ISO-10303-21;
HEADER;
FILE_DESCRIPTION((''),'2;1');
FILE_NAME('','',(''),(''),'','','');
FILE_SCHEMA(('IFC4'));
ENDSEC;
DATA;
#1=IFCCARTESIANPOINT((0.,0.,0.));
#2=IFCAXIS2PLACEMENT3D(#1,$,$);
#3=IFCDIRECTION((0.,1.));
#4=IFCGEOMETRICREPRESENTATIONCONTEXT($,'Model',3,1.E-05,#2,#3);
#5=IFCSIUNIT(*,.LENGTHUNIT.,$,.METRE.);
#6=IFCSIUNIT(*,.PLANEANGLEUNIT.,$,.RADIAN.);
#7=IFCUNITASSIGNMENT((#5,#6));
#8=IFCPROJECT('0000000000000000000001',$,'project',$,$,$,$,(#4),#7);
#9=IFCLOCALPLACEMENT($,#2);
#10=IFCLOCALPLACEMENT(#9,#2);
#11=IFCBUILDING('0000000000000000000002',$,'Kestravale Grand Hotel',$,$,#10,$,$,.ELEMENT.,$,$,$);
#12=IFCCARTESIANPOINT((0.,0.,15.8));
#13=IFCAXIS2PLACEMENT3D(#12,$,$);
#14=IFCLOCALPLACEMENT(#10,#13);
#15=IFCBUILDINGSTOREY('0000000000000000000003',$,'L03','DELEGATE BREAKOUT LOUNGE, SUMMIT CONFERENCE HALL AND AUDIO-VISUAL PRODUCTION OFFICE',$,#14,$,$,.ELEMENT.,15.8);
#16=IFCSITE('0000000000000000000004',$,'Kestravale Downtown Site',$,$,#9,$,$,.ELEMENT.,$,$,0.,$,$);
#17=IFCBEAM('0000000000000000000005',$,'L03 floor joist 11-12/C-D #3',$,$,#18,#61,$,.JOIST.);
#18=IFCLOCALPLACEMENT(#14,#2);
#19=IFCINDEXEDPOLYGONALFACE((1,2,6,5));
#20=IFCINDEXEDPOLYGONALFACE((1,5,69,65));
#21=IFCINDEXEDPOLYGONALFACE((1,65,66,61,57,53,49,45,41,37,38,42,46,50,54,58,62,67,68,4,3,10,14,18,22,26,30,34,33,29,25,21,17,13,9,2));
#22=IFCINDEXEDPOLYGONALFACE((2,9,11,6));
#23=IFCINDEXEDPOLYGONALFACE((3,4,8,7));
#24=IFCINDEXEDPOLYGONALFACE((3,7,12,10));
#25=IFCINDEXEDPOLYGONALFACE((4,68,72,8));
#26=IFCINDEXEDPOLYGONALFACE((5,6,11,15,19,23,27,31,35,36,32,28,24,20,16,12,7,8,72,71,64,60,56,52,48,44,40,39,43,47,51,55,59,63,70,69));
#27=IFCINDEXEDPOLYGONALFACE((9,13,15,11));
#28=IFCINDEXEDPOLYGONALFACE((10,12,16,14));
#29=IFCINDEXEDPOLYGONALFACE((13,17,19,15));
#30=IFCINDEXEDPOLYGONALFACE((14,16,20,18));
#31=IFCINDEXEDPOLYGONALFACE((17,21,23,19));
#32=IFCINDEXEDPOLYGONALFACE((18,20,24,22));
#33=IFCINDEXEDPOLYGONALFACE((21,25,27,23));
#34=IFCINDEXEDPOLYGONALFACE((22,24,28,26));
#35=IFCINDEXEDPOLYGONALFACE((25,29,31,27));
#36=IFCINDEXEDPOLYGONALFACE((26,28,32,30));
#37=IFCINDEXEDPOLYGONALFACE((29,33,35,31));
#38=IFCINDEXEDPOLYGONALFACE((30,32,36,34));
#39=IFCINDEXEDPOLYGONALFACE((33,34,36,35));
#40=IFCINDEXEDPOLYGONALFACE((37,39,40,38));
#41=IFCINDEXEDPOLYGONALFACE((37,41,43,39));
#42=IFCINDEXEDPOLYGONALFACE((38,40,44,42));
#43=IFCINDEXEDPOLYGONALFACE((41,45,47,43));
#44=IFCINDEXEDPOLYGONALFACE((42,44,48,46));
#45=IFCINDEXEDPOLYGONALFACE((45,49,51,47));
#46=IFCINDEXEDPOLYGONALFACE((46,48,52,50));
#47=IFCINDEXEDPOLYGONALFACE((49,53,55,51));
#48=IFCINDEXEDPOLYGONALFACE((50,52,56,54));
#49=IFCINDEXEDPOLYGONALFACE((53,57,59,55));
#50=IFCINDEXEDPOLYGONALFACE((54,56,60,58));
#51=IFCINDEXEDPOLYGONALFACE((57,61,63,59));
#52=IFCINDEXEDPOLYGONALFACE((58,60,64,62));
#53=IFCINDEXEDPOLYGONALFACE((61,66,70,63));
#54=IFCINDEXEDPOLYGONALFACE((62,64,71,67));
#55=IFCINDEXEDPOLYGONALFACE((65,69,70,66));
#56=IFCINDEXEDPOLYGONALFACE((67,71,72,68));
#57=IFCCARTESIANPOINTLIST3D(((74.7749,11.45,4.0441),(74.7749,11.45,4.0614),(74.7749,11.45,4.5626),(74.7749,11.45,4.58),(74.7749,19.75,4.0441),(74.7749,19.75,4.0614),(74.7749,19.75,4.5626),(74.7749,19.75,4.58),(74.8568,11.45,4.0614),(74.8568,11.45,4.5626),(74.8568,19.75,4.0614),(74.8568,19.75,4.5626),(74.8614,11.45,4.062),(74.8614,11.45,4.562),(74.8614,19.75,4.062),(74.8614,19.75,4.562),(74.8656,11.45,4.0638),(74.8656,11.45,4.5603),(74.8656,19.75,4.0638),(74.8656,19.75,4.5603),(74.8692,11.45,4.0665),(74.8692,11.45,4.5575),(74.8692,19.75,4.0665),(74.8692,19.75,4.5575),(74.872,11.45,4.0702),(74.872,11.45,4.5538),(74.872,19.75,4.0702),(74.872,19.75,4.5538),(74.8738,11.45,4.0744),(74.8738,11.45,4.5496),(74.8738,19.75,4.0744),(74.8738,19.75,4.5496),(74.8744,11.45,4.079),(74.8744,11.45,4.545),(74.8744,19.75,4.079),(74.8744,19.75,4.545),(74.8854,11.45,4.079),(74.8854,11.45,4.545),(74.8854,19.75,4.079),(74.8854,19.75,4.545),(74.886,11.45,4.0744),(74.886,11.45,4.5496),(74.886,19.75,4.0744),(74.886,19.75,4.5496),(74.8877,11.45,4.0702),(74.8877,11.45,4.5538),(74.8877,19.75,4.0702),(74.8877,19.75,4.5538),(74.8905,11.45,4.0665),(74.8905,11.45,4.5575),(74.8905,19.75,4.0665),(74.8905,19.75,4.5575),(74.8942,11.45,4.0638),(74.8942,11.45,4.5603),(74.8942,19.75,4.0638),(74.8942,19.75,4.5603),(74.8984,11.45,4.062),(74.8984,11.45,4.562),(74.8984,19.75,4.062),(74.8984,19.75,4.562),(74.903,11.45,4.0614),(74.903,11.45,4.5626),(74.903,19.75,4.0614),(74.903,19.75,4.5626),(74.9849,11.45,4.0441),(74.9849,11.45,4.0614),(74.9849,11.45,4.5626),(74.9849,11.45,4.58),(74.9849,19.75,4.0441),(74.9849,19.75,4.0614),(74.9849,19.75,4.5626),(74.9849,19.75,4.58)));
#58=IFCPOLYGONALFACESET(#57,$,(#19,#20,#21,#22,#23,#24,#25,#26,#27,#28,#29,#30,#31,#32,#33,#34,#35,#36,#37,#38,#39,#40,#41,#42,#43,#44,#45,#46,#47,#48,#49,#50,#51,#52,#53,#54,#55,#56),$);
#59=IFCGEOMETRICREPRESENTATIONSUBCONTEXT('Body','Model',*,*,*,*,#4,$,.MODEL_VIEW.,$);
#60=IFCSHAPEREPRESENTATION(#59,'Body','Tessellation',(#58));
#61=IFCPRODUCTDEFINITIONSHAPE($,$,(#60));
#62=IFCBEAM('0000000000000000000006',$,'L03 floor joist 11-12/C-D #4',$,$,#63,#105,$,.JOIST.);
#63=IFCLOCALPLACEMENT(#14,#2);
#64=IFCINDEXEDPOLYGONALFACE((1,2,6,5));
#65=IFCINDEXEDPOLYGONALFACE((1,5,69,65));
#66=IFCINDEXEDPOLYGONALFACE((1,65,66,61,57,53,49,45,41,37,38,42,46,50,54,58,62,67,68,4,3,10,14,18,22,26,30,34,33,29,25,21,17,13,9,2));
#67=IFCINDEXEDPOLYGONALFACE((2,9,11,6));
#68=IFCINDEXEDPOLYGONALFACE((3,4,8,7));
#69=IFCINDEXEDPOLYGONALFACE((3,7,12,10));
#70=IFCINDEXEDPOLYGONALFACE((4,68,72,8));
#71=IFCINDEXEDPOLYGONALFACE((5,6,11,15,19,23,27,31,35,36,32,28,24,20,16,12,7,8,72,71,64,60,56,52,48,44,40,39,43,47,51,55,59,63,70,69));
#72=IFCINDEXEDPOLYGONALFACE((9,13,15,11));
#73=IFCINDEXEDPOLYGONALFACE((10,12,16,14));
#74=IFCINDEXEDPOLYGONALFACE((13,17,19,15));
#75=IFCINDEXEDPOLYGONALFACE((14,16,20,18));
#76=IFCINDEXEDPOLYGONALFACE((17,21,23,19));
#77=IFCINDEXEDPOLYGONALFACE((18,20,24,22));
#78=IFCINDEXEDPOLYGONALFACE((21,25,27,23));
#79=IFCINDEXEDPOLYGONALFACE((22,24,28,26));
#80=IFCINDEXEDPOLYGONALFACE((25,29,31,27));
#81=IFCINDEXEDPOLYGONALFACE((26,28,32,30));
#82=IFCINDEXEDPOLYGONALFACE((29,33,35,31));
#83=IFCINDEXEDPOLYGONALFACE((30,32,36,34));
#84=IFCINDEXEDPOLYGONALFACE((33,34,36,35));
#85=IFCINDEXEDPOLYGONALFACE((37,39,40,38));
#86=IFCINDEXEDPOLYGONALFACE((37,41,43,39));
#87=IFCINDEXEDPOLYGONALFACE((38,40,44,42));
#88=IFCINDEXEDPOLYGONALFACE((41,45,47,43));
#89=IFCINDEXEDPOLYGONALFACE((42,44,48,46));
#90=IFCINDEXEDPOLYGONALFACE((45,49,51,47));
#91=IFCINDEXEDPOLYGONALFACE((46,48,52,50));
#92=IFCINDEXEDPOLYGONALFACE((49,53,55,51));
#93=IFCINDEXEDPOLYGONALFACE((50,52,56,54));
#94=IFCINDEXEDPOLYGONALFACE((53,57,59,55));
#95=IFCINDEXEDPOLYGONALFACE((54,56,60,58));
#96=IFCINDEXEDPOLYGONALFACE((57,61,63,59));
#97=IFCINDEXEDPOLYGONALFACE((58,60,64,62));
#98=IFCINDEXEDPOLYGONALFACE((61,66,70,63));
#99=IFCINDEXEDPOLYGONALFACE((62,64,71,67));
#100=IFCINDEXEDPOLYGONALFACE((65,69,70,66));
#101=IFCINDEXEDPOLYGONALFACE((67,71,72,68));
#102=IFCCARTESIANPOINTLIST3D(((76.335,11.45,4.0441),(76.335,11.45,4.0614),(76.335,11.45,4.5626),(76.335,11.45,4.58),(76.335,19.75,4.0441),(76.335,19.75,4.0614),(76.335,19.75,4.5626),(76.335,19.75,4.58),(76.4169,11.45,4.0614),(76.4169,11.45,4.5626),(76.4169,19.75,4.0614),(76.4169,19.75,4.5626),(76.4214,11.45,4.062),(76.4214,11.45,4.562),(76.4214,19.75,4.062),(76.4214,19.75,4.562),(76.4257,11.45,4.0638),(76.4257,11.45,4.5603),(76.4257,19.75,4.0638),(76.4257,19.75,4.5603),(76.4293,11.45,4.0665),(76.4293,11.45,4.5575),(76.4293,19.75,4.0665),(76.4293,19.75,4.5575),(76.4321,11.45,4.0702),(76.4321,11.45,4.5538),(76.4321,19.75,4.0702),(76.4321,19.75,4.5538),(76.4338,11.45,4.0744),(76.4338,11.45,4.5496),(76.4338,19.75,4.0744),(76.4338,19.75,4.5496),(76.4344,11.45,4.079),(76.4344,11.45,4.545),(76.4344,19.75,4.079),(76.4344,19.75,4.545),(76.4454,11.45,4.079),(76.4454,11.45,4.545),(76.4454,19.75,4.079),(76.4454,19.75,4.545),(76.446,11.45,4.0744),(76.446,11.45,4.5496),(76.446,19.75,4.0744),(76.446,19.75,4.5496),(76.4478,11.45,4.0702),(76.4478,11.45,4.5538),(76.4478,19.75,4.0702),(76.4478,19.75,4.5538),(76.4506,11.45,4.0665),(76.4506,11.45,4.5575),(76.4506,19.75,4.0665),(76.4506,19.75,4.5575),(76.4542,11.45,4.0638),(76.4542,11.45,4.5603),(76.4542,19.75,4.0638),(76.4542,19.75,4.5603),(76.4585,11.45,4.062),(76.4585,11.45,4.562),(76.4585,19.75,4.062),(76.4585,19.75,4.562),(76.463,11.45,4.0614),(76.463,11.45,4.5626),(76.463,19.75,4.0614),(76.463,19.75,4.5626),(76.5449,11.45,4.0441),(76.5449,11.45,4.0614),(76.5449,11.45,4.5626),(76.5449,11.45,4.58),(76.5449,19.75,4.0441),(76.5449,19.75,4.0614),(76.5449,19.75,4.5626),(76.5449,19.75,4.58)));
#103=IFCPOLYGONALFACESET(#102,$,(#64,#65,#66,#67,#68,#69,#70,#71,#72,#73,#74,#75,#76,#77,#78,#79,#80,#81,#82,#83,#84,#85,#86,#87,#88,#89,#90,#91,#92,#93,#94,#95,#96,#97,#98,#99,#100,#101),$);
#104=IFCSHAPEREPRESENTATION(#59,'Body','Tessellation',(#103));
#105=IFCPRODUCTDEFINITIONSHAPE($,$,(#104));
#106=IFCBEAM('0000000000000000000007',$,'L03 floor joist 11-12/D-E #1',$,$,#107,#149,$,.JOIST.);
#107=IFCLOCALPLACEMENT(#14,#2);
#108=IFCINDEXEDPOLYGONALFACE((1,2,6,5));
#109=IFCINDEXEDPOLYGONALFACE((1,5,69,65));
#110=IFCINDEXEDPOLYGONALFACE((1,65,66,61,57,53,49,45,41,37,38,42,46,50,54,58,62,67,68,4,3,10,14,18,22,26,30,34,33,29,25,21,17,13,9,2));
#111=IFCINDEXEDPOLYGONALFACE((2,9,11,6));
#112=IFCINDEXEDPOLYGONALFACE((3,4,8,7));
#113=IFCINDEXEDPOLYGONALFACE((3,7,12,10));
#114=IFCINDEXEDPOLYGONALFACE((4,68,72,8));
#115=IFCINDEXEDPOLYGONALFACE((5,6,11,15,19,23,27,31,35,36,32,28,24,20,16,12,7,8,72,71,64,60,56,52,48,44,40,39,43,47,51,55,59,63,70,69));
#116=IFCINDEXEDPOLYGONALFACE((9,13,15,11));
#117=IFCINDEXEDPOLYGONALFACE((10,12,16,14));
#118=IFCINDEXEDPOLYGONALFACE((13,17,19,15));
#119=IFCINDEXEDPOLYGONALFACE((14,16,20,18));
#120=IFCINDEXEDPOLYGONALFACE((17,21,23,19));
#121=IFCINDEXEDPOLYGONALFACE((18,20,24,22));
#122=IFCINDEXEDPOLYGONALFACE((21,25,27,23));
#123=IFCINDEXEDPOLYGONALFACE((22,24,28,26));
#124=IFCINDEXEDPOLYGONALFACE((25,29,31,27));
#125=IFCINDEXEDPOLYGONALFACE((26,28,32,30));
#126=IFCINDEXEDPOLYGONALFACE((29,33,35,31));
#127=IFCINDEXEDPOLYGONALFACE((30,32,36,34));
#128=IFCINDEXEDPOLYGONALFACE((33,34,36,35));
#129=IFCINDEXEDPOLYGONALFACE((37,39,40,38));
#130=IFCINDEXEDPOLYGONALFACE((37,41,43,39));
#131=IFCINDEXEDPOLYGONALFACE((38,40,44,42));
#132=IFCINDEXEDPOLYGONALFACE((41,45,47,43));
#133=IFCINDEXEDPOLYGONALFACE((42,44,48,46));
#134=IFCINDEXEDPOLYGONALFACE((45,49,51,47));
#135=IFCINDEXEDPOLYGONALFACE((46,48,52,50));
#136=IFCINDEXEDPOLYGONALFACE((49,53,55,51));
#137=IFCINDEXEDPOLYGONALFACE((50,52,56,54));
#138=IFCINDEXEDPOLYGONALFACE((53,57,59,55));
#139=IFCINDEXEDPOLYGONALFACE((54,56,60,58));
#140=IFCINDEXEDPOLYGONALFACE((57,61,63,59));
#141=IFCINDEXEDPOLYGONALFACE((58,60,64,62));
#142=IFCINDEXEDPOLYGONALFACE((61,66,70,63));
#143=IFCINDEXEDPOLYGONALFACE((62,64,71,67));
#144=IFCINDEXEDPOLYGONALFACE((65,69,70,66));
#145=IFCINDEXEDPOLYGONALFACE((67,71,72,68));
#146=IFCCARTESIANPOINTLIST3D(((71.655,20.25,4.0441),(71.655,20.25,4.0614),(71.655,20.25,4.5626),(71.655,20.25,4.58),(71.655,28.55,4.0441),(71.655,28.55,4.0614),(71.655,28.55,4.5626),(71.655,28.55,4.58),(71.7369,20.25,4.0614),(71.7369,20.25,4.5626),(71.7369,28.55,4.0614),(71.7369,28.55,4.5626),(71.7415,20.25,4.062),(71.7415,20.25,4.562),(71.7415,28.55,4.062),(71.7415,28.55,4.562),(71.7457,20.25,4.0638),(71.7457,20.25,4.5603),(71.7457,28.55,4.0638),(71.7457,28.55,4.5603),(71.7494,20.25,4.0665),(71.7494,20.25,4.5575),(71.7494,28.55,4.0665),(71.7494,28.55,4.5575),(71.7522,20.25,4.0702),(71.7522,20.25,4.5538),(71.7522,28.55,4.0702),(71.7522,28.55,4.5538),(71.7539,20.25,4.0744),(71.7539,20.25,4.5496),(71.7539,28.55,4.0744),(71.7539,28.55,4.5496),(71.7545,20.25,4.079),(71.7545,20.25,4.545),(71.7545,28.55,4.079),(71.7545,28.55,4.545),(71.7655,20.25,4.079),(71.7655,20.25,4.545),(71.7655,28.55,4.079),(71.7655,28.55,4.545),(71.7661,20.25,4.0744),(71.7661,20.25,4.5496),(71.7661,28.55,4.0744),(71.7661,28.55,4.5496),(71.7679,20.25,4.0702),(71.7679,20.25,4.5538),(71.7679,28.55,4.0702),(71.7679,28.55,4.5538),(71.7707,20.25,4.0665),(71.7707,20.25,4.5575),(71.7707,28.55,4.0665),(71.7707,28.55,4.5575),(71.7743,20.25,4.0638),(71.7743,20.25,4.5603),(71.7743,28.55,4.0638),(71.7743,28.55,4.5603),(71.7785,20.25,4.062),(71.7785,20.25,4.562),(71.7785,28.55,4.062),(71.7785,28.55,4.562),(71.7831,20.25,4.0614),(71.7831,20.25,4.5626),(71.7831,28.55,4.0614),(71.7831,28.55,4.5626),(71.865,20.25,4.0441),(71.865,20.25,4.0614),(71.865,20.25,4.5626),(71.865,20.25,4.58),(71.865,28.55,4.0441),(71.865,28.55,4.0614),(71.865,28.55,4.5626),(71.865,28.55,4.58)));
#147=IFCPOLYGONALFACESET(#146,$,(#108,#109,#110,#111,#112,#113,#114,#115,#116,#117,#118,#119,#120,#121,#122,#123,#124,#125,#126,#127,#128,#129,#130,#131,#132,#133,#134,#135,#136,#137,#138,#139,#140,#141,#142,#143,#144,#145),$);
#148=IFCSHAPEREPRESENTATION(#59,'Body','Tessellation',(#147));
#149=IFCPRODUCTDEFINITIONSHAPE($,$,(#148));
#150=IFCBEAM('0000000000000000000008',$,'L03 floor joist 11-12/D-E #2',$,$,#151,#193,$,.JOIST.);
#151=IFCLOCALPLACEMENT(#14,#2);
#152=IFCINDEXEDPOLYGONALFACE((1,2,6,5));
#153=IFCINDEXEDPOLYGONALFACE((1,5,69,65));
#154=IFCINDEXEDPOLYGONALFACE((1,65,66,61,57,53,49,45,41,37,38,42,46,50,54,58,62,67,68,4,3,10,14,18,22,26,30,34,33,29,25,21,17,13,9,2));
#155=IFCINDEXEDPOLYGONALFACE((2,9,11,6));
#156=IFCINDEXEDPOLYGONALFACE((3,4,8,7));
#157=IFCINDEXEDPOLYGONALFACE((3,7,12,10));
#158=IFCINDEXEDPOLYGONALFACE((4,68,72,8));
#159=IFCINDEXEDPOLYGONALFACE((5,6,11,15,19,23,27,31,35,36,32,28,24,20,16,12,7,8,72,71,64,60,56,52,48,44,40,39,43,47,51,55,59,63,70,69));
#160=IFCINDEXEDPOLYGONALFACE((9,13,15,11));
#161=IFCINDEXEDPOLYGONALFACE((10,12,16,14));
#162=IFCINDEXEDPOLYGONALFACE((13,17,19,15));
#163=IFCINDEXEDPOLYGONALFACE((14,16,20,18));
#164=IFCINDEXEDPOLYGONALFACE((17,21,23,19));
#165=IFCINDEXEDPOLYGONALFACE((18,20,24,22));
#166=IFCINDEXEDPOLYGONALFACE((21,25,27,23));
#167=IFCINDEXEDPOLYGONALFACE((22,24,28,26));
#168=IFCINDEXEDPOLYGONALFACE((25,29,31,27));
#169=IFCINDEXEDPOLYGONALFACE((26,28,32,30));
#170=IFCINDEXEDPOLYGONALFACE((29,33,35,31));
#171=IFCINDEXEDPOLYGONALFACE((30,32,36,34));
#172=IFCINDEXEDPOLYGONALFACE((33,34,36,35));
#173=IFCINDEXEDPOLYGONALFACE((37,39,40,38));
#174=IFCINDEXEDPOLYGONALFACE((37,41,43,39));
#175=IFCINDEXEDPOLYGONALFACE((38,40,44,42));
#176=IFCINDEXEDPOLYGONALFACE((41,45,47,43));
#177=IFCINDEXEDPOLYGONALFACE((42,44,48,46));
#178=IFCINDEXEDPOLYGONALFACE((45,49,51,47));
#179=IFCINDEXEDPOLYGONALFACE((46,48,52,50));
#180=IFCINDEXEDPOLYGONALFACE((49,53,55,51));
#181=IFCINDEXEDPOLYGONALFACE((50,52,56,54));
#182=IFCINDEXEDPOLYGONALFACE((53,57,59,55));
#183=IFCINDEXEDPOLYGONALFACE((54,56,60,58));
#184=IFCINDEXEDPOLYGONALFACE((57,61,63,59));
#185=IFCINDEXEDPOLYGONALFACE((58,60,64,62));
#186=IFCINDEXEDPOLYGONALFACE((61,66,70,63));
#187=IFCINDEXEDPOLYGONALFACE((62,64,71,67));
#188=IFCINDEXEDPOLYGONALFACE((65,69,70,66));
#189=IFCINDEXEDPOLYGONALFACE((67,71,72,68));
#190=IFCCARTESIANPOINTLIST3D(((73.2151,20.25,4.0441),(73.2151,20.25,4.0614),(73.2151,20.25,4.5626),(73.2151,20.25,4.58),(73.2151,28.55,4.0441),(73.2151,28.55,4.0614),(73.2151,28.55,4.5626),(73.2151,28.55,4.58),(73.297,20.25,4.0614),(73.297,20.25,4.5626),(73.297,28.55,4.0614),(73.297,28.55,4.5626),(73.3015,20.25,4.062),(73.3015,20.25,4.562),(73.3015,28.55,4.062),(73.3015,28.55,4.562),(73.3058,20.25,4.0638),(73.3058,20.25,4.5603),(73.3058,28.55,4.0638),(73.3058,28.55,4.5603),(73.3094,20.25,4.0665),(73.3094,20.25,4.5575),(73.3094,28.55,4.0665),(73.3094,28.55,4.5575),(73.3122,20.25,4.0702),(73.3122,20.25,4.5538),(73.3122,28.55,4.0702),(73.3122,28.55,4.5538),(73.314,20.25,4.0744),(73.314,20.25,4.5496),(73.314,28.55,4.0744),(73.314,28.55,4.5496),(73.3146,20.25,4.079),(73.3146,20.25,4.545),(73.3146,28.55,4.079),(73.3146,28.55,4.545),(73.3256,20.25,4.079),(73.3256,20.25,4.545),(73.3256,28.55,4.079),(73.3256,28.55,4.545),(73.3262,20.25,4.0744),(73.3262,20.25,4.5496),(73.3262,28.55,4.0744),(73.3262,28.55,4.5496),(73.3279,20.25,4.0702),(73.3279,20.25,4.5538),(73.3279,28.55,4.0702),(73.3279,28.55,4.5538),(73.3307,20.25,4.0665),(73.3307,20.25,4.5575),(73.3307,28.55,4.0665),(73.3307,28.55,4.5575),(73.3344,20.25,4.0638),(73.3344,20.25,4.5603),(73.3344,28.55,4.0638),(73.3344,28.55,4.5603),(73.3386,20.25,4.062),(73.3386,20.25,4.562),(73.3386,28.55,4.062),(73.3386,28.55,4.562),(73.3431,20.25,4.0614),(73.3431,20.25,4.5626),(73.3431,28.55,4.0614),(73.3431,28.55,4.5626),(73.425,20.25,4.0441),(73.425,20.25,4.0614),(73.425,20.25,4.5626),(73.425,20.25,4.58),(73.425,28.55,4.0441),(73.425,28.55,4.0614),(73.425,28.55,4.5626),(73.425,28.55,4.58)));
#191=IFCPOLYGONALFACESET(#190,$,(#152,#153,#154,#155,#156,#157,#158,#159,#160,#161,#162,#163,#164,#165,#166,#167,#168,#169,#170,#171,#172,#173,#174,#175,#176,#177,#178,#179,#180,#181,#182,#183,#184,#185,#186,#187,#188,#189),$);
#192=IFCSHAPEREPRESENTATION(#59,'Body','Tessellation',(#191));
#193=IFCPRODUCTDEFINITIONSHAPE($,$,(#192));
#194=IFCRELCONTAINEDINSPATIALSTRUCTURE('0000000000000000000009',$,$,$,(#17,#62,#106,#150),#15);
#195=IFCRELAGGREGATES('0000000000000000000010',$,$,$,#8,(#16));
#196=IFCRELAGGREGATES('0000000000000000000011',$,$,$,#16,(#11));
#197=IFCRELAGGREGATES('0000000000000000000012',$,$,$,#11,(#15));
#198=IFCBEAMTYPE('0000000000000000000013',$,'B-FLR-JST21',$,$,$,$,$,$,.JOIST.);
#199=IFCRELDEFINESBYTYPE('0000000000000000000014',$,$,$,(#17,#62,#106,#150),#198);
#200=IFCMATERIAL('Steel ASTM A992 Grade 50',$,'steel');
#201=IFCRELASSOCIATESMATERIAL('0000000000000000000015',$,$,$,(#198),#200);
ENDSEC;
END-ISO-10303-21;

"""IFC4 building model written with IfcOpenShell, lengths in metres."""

from ifc_helpers import new_model, si_unit, direction, frame, origin, origin_2d, place, context, subcontext, project, spatial, i_section, extrude, material, material_profile, profile_set, type_object, element, save


model = new_model("IFC4")

# Units and contexts
model_context = context("Model", 3, precision=1e-05, world=origin(), true_north=direction((0.0, 1.0)))
body_context = subcontext(model_context, "Body", "Model", "MODEL_VIEW")
ifc_project = project(units=[si_unit("LENGTHUNIT", "METRE"), si_unit("PLANEANGLEUNIT", "RADIAN")], contexts=[model_context])

# Site, building, storey
site_placement = place(None, origin())
site = spatial("IfcSite", under=ifc_project, at=site_placement, Name="Kestravale Downtown Site", CompositionType="ELEMENT", RefElevation=0.0)
building_placement = place(site_placement, origin())
building = spatial("IfcBuilding", under=site, at=building_placement, Name="Kestravale Grand Hotel", CompositionType="ELEMENT")
storey_placement = place(building_placement, frame((0.0, 0.0, 15.8)))
storey = spatial("IfcBuildingStorey", under=building, at=storey_placement, Name="L03", Description="DELEGATE BREAKOUT LOUNGE, SUMMIT CONFERENCE HALL AND AUDIO-VISUAL PRODUCTION OFFICE", CompositionType="ELEMENT", Elevation=15.8)

# Beams
ifc_material_1 = material(Name="Steel ASTM A992 Grade 50", Category="steel")
ifc_material_profile_1 = material_profile(ifc_material_1, i_section(OverallWidth=0.21, OverallDepth=0.5359, WebThickness=0.011, FlangeThickness=0.0173, FilletRadius=0.0176, at=origin_2d()))
ifc_profile_set_1 = profile_set([ifc_material_profile_1], Name="Steel ASTM A992 Grade 50")
beam_type_1 = type_object("IfcBeamType", Name="B-FLR-JST21", PredefinedType="JOIST", material=ifc_profile_set_1)
for number, where, z_axis, x_axis, name in (
    (1, (74.8799, 11.45, 4.312), (0.0, 1.0, 0.0), (-1.0, 0.0, 0.0), "L03 floor joist 11-12/C-D #3"),
    (2, (76.4399, 11.45, 4.312), (0.0, 1.0, 0.0), (-1.0, 0.0, 0.0), "L03 floor joist 11-12/C-D #4"),
    (3, (71.76, 20.25, 4.312), (0.0, 1.0, 0.0), (-1.0, 0.0, 0.0), "L03 floor joist 11-12/D-E #1"),
    (4, (73.3201, 20.25, 4.312), (0.0, 1.0, 0.0), (-1.0, 0.0, 0.0), "L03 floor joist 11-12/D-E #2"),
):
    element("IfcBeam", number, at=place(storey_placement, frame(where, z_axis=z_axis, x_axis=x_axis)), inside=storey, type_object=beam_type_1, Name=name, PredefinedType="JOIST", context=body_context, shape_type="SweptSolid", body=[
        extrude(i_section(OverallWidth=0.21, OverallDepth=0.5359, WebThickness=0.011, FlangeThickness=0.0173, FilletRadius=0.0176, at=origin_2d()), origin(), (0.0, 0.0, 1.0), 8.3),
    ])

save(model, "model.ifc")
